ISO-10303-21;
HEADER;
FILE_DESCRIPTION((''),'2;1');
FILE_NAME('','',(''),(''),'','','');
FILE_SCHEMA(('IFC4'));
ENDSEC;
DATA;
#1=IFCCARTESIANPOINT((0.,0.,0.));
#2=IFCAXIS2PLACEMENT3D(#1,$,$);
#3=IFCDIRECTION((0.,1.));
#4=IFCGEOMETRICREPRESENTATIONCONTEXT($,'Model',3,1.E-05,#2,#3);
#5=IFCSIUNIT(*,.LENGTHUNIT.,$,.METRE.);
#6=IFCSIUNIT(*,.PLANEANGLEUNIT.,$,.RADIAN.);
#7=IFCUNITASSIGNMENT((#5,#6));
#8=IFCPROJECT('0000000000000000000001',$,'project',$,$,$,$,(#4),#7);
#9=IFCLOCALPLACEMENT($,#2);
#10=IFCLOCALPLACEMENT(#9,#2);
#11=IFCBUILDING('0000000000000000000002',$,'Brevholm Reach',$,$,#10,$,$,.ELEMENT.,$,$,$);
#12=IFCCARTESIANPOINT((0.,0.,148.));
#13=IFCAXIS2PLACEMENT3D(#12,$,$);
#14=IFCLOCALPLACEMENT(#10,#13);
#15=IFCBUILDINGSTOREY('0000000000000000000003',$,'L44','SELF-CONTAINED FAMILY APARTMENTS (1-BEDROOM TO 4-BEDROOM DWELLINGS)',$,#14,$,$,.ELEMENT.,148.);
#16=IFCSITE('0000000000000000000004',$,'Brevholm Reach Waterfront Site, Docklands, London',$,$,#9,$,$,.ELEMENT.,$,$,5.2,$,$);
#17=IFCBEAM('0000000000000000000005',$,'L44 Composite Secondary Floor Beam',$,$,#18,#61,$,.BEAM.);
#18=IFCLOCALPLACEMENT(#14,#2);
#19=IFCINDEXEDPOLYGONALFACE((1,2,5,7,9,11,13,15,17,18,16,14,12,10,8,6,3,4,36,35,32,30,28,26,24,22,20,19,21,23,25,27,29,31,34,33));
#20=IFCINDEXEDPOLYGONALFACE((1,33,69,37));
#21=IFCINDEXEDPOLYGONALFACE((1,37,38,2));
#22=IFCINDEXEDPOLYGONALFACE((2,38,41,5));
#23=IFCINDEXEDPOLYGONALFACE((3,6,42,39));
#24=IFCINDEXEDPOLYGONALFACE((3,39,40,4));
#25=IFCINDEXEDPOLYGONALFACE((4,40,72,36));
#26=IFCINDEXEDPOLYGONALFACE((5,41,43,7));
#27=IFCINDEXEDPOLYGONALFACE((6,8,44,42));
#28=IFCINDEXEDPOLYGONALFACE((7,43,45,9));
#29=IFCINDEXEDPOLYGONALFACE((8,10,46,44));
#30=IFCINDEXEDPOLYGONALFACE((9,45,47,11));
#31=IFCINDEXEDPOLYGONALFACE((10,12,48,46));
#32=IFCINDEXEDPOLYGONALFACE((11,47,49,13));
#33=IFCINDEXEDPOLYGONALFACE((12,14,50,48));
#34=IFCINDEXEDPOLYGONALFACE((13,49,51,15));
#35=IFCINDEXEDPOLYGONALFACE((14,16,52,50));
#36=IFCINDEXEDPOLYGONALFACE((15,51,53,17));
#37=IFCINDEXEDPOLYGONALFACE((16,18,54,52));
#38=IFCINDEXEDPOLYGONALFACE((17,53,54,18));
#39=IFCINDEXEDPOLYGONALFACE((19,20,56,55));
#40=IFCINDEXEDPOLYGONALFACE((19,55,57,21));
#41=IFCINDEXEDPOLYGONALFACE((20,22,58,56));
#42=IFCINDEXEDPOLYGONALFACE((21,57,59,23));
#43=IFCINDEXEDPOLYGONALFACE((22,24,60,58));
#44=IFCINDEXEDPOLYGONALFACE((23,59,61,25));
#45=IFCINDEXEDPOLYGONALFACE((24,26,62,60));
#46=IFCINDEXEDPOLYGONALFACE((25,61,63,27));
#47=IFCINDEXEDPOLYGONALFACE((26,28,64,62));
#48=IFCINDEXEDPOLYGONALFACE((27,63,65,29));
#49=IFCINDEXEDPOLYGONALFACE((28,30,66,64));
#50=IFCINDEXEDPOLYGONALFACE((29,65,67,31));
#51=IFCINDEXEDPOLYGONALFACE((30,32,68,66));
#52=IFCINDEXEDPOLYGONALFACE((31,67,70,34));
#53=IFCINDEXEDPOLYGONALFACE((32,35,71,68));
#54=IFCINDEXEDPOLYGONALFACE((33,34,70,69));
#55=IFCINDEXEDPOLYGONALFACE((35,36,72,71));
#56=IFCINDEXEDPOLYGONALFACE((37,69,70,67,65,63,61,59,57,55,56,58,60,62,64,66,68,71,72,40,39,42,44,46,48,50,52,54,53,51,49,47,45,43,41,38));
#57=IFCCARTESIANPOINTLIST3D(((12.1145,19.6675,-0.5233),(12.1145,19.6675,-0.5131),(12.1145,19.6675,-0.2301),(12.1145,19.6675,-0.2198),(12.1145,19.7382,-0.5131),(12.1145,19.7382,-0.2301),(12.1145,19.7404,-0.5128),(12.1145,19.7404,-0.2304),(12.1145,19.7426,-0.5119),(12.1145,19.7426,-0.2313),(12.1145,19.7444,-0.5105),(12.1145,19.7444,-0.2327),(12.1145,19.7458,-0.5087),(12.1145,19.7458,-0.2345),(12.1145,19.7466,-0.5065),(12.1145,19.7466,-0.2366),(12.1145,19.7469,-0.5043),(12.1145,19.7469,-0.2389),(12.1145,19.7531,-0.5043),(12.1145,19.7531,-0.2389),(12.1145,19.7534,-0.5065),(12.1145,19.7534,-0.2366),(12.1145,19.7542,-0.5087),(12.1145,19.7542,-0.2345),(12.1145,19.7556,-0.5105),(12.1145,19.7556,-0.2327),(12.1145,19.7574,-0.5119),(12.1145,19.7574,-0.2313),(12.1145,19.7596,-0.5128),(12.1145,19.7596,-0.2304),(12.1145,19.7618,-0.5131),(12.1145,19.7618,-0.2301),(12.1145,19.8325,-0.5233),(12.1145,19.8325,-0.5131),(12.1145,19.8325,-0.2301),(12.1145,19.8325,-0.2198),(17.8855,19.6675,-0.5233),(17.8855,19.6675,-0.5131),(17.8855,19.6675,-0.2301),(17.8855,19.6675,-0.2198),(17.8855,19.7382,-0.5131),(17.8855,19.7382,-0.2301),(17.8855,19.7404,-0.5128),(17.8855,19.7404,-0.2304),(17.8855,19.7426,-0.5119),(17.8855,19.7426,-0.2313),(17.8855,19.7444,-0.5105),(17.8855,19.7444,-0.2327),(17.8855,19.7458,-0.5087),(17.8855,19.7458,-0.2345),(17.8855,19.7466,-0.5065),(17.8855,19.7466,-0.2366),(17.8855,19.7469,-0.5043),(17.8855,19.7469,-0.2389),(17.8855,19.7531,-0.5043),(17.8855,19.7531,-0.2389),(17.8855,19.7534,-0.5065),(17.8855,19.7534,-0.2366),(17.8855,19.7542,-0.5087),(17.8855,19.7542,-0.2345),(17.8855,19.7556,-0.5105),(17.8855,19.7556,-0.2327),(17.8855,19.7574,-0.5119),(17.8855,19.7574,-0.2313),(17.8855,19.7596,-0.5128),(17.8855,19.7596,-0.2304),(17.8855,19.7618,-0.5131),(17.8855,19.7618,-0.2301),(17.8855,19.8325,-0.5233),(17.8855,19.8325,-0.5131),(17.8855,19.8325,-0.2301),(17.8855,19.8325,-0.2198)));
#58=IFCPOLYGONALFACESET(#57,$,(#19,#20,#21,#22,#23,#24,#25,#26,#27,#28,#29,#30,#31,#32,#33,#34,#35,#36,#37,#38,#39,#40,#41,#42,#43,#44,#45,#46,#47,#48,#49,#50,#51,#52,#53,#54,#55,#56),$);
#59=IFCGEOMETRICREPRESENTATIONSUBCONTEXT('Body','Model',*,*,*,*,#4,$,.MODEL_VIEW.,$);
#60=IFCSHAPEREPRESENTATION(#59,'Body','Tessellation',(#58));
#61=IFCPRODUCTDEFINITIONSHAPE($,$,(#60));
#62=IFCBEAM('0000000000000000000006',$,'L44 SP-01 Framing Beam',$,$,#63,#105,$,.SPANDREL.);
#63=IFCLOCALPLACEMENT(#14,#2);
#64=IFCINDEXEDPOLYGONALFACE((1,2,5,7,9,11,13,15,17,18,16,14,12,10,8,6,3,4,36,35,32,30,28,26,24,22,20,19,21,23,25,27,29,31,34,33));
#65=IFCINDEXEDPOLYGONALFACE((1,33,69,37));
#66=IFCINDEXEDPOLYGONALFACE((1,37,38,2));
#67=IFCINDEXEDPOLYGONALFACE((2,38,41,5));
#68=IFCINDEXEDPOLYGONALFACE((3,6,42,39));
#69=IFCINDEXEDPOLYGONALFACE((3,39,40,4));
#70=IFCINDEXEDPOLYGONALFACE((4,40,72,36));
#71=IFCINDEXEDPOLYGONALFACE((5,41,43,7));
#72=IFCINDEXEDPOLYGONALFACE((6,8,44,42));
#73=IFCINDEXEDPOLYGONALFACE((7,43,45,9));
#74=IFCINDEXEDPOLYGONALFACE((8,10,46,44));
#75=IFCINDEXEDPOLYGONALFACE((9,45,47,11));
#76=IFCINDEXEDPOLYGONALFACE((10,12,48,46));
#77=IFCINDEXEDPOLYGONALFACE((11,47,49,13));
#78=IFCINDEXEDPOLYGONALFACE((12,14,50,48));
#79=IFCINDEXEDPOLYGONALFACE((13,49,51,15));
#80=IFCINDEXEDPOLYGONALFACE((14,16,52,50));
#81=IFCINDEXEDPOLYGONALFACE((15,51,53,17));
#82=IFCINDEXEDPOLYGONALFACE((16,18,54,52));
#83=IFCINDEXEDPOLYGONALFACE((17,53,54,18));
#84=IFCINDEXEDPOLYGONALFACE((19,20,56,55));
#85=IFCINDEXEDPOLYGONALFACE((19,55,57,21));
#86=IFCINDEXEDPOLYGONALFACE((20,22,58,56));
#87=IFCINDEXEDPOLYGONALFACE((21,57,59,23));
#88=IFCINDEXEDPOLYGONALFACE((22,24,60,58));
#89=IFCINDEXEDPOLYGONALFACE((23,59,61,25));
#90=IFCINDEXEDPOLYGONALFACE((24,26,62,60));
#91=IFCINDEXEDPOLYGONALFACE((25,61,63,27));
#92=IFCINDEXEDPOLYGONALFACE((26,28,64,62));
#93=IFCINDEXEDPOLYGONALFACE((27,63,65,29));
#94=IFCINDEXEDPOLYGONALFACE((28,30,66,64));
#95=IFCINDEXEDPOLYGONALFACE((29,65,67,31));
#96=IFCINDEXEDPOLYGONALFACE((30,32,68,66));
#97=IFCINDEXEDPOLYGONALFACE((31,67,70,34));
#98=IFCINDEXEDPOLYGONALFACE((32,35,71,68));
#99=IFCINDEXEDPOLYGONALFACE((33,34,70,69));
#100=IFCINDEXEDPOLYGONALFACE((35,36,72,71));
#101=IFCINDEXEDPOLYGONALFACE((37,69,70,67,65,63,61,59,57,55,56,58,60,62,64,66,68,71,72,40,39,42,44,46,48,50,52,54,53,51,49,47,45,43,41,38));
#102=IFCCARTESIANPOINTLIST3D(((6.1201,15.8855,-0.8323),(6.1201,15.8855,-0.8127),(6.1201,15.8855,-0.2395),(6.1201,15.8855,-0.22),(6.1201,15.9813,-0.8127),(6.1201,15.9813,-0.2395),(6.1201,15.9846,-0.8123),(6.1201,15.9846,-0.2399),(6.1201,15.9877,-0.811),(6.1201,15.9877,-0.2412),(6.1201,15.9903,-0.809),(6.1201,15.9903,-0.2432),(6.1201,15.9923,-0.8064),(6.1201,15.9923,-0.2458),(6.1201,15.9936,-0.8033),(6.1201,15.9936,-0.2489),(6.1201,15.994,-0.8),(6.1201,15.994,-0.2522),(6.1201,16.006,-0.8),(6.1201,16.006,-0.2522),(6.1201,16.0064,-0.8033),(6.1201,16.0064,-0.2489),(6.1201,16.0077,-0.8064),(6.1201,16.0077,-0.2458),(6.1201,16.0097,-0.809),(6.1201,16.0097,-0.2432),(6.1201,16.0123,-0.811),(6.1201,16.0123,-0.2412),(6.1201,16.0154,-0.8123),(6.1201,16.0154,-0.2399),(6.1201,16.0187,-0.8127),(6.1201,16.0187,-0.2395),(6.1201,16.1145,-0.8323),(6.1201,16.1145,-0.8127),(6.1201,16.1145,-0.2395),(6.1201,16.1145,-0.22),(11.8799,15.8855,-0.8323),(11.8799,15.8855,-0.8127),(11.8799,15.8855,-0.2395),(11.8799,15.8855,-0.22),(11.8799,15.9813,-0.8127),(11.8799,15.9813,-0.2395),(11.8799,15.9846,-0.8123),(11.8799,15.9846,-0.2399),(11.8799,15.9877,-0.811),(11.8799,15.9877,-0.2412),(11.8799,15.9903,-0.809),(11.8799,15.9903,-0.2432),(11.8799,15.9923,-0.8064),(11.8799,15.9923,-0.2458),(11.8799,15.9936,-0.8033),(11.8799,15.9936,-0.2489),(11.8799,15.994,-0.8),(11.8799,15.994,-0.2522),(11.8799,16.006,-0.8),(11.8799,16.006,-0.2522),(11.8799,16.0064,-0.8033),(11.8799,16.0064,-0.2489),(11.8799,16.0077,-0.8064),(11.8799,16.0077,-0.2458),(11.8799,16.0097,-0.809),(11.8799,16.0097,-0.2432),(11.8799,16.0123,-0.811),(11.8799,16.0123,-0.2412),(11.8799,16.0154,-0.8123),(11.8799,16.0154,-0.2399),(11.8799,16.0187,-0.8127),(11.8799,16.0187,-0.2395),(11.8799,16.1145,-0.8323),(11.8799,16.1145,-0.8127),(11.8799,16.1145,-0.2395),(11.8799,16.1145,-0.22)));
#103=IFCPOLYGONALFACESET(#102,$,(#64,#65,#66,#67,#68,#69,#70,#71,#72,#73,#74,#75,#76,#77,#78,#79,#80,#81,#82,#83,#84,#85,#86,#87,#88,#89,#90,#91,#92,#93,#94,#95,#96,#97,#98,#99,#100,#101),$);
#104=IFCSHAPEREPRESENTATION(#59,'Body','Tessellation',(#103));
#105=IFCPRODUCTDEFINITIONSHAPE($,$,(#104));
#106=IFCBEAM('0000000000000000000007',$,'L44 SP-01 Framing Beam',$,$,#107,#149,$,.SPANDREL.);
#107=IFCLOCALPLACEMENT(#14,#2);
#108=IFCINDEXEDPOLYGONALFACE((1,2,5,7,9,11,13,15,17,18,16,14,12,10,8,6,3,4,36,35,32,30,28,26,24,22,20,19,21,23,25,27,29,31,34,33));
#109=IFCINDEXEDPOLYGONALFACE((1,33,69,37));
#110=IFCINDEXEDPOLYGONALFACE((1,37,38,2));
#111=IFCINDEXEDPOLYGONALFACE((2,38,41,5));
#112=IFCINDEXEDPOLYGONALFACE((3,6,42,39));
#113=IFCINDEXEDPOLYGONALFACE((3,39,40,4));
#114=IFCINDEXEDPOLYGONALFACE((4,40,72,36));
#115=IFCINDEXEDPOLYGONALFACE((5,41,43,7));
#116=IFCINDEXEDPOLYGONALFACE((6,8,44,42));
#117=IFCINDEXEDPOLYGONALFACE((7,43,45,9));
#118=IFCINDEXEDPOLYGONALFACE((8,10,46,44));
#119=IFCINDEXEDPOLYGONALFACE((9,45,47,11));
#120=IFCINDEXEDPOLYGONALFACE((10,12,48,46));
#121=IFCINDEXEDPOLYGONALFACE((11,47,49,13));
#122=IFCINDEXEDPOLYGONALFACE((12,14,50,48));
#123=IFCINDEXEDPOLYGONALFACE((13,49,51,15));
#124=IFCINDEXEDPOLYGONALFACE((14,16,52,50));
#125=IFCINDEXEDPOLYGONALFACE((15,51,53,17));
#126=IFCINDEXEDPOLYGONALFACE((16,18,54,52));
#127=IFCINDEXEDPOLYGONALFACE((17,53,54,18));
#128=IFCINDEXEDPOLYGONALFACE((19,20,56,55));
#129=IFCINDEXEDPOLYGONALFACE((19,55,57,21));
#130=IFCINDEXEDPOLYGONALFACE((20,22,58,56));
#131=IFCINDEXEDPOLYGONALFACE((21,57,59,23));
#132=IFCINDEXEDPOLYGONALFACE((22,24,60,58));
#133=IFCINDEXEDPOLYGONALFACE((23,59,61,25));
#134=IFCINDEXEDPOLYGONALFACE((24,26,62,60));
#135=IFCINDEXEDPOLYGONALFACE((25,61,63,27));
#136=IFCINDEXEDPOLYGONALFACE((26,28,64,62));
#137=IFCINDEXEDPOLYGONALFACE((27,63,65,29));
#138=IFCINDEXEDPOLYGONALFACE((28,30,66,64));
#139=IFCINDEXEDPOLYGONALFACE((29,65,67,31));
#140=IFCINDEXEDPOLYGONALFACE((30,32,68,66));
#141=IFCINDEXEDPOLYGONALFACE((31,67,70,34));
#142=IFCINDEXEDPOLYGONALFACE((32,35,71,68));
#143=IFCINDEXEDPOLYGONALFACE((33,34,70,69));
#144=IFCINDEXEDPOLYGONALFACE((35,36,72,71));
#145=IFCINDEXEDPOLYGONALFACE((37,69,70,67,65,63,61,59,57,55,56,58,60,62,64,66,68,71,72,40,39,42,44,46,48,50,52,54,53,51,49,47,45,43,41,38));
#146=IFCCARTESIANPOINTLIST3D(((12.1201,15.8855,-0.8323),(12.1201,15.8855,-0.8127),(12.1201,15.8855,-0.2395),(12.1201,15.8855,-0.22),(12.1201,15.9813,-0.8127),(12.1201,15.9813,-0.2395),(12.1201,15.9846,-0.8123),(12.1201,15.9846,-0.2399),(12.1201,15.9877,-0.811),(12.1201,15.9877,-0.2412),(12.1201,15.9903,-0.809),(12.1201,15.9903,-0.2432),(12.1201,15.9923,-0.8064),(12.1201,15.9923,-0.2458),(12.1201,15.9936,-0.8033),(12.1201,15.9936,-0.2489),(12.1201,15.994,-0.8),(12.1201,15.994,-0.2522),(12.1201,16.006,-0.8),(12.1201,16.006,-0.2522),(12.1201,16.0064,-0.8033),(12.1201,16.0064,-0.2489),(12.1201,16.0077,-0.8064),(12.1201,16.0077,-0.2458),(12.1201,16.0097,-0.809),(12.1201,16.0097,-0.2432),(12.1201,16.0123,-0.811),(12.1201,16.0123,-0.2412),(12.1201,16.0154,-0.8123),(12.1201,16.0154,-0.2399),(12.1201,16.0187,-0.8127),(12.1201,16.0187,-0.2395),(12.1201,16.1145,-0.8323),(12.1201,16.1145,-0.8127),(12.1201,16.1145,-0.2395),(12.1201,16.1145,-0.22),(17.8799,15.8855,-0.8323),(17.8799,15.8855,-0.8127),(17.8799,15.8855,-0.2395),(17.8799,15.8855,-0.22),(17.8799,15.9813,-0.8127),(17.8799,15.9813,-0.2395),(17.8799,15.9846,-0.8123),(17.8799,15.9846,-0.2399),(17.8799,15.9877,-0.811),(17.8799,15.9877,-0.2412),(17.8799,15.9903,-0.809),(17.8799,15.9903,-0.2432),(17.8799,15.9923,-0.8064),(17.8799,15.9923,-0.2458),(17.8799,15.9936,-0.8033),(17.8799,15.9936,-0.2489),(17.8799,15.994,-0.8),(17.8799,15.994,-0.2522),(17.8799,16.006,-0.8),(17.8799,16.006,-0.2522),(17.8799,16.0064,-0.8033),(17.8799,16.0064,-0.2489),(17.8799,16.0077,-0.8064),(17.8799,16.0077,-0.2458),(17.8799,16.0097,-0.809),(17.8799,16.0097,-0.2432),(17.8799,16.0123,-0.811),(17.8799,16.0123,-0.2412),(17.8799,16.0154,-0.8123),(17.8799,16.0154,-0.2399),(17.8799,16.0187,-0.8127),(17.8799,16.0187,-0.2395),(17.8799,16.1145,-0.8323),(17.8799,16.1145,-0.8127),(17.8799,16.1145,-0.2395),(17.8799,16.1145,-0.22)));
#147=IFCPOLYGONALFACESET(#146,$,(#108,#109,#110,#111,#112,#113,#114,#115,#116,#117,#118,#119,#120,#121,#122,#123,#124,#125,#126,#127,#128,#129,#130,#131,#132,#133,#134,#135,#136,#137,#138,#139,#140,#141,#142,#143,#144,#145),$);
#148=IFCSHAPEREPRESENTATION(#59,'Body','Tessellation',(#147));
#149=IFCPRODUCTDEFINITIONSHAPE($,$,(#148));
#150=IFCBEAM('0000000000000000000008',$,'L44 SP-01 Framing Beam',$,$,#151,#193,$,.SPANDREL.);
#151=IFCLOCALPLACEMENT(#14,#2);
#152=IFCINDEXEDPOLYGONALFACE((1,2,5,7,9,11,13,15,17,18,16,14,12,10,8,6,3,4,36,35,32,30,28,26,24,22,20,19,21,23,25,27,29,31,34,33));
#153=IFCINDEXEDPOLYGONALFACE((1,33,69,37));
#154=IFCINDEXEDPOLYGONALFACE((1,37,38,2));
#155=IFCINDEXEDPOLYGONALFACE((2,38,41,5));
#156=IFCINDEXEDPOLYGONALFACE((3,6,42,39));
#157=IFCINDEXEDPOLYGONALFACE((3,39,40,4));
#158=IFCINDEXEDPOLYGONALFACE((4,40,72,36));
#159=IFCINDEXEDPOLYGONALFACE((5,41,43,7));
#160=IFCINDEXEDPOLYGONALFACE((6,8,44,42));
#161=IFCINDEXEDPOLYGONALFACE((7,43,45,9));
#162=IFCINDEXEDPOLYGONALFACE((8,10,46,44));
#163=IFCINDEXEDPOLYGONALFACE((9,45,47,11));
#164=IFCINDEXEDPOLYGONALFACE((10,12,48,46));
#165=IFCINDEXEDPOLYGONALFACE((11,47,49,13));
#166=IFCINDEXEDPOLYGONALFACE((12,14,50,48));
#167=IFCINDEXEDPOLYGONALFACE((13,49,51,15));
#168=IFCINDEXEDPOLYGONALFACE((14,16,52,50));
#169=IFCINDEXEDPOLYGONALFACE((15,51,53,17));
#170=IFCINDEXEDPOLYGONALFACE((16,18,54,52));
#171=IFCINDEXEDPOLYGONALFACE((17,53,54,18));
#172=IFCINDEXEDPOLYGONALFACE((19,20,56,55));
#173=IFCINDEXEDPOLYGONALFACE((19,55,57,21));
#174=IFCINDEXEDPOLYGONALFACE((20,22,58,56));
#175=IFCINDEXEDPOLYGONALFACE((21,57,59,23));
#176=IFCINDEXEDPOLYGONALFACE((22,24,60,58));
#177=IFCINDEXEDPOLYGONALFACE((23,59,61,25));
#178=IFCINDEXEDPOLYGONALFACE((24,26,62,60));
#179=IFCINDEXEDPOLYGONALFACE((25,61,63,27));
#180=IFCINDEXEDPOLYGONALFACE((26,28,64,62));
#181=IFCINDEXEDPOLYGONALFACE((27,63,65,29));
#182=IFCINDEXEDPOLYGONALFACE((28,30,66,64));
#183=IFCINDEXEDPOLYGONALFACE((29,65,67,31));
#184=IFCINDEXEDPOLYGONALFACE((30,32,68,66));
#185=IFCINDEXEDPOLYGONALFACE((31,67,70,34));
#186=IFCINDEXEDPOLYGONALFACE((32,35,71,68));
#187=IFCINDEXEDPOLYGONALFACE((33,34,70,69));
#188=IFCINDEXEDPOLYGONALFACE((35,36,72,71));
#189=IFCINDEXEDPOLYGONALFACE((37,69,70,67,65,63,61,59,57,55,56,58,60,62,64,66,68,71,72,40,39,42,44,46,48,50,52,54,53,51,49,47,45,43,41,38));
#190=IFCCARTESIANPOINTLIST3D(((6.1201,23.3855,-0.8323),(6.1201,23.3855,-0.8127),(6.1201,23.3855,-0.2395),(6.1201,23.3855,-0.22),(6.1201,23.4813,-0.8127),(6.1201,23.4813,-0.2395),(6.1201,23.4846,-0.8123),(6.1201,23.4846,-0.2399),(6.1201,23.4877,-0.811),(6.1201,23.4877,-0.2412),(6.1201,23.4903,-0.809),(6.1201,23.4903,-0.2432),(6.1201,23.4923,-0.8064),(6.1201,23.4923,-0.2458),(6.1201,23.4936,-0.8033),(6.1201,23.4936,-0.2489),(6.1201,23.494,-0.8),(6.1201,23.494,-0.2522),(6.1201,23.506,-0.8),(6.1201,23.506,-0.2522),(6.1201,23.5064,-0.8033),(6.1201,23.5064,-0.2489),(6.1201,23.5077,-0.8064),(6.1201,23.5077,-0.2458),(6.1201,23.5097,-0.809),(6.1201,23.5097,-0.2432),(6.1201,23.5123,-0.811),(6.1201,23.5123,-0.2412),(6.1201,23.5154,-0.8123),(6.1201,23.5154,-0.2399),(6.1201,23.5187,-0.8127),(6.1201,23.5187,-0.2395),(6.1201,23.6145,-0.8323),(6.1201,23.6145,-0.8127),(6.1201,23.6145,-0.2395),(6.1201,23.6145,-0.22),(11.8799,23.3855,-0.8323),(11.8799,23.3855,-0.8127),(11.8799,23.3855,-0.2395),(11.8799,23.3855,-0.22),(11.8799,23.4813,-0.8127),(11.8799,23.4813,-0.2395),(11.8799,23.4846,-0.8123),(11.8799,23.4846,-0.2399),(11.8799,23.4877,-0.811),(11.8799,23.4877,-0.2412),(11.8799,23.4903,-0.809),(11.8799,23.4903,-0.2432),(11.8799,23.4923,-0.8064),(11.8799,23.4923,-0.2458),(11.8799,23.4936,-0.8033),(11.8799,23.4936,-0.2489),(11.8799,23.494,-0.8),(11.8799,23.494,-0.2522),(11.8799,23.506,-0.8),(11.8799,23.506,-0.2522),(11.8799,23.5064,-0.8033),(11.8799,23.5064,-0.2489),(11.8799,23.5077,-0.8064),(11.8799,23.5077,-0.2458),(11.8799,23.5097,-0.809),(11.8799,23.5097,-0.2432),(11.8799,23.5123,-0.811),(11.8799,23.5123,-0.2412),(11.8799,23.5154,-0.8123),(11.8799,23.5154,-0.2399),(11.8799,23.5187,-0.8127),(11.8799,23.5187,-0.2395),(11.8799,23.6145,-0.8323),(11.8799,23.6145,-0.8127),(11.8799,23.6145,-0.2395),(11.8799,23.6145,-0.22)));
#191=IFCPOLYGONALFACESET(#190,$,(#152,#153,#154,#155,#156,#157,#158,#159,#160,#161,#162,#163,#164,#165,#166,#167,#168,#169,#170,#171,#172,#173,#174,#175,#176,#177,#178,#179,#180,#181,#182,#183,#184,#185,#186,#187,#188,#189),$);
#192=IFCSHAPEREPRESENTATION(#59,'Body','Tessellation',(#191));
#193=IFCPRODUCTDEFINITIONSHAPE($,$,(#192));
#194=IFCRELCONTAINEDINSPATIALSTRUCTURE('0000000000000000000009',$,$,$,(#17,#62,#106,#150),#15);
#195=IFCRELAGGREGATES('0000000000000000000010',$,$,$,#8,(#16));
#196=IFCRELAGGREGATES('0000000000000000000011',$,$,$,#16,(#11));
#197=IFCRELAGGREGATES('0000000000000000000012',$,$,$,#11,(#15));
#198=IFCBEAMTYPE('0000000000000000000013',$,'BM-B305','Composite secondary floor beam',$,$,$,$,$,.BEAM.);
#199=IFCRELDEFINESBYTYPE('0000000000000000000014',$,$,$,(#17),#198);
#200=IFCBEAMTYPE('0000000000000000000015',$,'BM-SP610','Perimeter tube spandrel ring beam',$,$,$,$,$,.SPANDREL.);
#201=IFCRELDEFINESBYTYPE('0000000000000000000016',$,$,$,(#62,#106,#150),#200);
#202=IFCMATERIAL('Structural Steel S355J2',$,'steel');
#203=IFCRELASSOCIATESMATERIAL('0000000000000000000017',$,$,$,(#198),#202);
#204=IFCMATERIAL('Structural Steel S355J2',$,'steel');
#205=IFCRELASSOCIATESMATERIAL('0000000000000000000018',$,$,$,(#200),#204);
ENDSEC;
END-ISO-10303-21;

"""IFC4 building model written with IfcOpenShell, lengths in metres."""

from ifc_helpers import new_model, si_unit, direction, frame, origin, origin_2d, place, context, subcontext, project, spatial, i_section, extrude, material, material_profile, profile_set, type_object, element, save


model = new_model("IFC4")

# Units and contexts
model_context = context("Model", 3, precision=1e-05, world=origin(), true_north=direction((0.0, 1.0)))
body_context = subcontext(model_context, "Body", "Model", "MODEL_VIEW")
ifc_project = project(units=[si_unit("LENGTHUNIT", "METRE"), si_unit("PLANEANGLEUNIT", "RADIAN")], contexts=[model_context])

# Site, building, storey
site_placement = place(None, origin())
site = spatial("IfcSite", under=ifc_project, at=site_placement, Name="Brevholm Reach Waterfront Site, Docklands, London", CompositionType="ELEMENT", RefElevation=5.2)
building_placement = place(site_placement, origin())
building = spatial("IfcBuilding", under=site, at=building_placement, Name="Brevholm Reach", CompositionType="ELEMENT")
storey_placement = place(building_placement, frame((0.0, 0.0, 148.0)))
storey = spatial("IfcBuildingStorey", under=building, at=storey_placement, Name="L44", Description="SELF-CONTAINED FAMILY APARTMENTS (1-BEDROOM TO 4-BEDROOM DWELLINGS)", CompositionType="ELEMENT", Elevation=148.0)

# Beams
ifc_material_1 = material(Name="Structural Steel S355J2", Category="steel")
ifc_material_profile_1 = material_profile(ifc_material_1, i_section(OverallWidth=0.165, OverallDepth=0.3035, WebThickness=0.0061, FlangeThickness=0.0103, FilletRadius=0.0088, at=origin_2d()), Name="UKB 305x165x40")
ifc_profile_set_1 = profile_set([ifc_material_profile_1], Name="Structural Steel S355J2")
beam_type_1 = type_object("IfcBeamType", Name="BM-B305", Description="Composite secondary floor beam", PredefinedType="BEAM", material=ifc_profile_set_1)
for number, where, z_axis, x_axis, name in (
    (1, (12.1145, 19.75, -0.3716), (1.0, 0.0, 0.0), (0.0, 1.0, 0.0), "L44 Composite Secondary Floor Beam"),
):
    element("IfcBeam", number, at=place(storey_placement, frame(where, z_axis=z_axis, x_axis=x_axis)), inside=storey, type_object=beam_type_1, Name=name, PredefinedType="BEAM", context=body_context, shape_type="SweptSolid", body=[
        extrude(i_section(OverallWidth=0.165, OverallDepth=0.3035, WebThickness=0.0061, FlangeThickness=0.0103, FilletRadius=0.0088, at=origin_2d()), origin(), (0.0, 0.0, 1.0), 5.771),
    ])
ifc_material_2 = material(Name="Structural Steel S355J2", Category="steel")
ifc_material_profile_2 = material_profile(ifc_material_2, i_section(OverallWidth=0.229, OverallDepth=0.6123, WebThickness=0.012, FlangeThickness=0.0195, FilletRadius=0.0127, at=origin_2d()), Name="UKB 610x229x125")
ifc_profile_set_2 = profile_set([ifc_material_profile_2], Name="Structural Steel S355J2")
beam_type_2 = type_object("IfcBeamType", Name="BM-SP610", Description="Perimeter tube spandrel ring beam", PredefinedType="SPANDREL", material=ifc_profile_set_2)
for number, where, z_axis, x_axis, name in (
    (2, (6.1201, 16.0, -0.5261), (1.0, 0.0, 0.0), (0.0, 1.0, 0.0), "L44 SP-01 Framing Beam"),
    (3, (12.1201, 16.0, -0.5261), (1.0, 0.0, 0.0), (0.0, 1.0, 0.0), "L44 SP-01 Framing Beam"),
    (4, (6.1201, 23.5, -0.5261), (1.0, 0.0, 0.0), (0.0, 1.0, 0.0), "L44 SP-01 Framing Beam"),
):
    element("IfcBeam", number, at=place(storey_placement, frame(where, z_axis=z_axis, x_axis=x_axis)), inside=storey, type_object=beam_type_2, Name=name, PredefinedType="SPANDREL", context=body_context, shape_type="SweptSolid", body=[
        extrude(i_section(OverallWidth=0.229, OverallDepth=0.6123, WebThickness=0.012, FlangeThickness=0.0195, FilletRadius=0.0127, at=origin_2d()), origin(), (0.0, 0.0, 1.0), 5.7598),
    ])

save(model, "model.ifc")
